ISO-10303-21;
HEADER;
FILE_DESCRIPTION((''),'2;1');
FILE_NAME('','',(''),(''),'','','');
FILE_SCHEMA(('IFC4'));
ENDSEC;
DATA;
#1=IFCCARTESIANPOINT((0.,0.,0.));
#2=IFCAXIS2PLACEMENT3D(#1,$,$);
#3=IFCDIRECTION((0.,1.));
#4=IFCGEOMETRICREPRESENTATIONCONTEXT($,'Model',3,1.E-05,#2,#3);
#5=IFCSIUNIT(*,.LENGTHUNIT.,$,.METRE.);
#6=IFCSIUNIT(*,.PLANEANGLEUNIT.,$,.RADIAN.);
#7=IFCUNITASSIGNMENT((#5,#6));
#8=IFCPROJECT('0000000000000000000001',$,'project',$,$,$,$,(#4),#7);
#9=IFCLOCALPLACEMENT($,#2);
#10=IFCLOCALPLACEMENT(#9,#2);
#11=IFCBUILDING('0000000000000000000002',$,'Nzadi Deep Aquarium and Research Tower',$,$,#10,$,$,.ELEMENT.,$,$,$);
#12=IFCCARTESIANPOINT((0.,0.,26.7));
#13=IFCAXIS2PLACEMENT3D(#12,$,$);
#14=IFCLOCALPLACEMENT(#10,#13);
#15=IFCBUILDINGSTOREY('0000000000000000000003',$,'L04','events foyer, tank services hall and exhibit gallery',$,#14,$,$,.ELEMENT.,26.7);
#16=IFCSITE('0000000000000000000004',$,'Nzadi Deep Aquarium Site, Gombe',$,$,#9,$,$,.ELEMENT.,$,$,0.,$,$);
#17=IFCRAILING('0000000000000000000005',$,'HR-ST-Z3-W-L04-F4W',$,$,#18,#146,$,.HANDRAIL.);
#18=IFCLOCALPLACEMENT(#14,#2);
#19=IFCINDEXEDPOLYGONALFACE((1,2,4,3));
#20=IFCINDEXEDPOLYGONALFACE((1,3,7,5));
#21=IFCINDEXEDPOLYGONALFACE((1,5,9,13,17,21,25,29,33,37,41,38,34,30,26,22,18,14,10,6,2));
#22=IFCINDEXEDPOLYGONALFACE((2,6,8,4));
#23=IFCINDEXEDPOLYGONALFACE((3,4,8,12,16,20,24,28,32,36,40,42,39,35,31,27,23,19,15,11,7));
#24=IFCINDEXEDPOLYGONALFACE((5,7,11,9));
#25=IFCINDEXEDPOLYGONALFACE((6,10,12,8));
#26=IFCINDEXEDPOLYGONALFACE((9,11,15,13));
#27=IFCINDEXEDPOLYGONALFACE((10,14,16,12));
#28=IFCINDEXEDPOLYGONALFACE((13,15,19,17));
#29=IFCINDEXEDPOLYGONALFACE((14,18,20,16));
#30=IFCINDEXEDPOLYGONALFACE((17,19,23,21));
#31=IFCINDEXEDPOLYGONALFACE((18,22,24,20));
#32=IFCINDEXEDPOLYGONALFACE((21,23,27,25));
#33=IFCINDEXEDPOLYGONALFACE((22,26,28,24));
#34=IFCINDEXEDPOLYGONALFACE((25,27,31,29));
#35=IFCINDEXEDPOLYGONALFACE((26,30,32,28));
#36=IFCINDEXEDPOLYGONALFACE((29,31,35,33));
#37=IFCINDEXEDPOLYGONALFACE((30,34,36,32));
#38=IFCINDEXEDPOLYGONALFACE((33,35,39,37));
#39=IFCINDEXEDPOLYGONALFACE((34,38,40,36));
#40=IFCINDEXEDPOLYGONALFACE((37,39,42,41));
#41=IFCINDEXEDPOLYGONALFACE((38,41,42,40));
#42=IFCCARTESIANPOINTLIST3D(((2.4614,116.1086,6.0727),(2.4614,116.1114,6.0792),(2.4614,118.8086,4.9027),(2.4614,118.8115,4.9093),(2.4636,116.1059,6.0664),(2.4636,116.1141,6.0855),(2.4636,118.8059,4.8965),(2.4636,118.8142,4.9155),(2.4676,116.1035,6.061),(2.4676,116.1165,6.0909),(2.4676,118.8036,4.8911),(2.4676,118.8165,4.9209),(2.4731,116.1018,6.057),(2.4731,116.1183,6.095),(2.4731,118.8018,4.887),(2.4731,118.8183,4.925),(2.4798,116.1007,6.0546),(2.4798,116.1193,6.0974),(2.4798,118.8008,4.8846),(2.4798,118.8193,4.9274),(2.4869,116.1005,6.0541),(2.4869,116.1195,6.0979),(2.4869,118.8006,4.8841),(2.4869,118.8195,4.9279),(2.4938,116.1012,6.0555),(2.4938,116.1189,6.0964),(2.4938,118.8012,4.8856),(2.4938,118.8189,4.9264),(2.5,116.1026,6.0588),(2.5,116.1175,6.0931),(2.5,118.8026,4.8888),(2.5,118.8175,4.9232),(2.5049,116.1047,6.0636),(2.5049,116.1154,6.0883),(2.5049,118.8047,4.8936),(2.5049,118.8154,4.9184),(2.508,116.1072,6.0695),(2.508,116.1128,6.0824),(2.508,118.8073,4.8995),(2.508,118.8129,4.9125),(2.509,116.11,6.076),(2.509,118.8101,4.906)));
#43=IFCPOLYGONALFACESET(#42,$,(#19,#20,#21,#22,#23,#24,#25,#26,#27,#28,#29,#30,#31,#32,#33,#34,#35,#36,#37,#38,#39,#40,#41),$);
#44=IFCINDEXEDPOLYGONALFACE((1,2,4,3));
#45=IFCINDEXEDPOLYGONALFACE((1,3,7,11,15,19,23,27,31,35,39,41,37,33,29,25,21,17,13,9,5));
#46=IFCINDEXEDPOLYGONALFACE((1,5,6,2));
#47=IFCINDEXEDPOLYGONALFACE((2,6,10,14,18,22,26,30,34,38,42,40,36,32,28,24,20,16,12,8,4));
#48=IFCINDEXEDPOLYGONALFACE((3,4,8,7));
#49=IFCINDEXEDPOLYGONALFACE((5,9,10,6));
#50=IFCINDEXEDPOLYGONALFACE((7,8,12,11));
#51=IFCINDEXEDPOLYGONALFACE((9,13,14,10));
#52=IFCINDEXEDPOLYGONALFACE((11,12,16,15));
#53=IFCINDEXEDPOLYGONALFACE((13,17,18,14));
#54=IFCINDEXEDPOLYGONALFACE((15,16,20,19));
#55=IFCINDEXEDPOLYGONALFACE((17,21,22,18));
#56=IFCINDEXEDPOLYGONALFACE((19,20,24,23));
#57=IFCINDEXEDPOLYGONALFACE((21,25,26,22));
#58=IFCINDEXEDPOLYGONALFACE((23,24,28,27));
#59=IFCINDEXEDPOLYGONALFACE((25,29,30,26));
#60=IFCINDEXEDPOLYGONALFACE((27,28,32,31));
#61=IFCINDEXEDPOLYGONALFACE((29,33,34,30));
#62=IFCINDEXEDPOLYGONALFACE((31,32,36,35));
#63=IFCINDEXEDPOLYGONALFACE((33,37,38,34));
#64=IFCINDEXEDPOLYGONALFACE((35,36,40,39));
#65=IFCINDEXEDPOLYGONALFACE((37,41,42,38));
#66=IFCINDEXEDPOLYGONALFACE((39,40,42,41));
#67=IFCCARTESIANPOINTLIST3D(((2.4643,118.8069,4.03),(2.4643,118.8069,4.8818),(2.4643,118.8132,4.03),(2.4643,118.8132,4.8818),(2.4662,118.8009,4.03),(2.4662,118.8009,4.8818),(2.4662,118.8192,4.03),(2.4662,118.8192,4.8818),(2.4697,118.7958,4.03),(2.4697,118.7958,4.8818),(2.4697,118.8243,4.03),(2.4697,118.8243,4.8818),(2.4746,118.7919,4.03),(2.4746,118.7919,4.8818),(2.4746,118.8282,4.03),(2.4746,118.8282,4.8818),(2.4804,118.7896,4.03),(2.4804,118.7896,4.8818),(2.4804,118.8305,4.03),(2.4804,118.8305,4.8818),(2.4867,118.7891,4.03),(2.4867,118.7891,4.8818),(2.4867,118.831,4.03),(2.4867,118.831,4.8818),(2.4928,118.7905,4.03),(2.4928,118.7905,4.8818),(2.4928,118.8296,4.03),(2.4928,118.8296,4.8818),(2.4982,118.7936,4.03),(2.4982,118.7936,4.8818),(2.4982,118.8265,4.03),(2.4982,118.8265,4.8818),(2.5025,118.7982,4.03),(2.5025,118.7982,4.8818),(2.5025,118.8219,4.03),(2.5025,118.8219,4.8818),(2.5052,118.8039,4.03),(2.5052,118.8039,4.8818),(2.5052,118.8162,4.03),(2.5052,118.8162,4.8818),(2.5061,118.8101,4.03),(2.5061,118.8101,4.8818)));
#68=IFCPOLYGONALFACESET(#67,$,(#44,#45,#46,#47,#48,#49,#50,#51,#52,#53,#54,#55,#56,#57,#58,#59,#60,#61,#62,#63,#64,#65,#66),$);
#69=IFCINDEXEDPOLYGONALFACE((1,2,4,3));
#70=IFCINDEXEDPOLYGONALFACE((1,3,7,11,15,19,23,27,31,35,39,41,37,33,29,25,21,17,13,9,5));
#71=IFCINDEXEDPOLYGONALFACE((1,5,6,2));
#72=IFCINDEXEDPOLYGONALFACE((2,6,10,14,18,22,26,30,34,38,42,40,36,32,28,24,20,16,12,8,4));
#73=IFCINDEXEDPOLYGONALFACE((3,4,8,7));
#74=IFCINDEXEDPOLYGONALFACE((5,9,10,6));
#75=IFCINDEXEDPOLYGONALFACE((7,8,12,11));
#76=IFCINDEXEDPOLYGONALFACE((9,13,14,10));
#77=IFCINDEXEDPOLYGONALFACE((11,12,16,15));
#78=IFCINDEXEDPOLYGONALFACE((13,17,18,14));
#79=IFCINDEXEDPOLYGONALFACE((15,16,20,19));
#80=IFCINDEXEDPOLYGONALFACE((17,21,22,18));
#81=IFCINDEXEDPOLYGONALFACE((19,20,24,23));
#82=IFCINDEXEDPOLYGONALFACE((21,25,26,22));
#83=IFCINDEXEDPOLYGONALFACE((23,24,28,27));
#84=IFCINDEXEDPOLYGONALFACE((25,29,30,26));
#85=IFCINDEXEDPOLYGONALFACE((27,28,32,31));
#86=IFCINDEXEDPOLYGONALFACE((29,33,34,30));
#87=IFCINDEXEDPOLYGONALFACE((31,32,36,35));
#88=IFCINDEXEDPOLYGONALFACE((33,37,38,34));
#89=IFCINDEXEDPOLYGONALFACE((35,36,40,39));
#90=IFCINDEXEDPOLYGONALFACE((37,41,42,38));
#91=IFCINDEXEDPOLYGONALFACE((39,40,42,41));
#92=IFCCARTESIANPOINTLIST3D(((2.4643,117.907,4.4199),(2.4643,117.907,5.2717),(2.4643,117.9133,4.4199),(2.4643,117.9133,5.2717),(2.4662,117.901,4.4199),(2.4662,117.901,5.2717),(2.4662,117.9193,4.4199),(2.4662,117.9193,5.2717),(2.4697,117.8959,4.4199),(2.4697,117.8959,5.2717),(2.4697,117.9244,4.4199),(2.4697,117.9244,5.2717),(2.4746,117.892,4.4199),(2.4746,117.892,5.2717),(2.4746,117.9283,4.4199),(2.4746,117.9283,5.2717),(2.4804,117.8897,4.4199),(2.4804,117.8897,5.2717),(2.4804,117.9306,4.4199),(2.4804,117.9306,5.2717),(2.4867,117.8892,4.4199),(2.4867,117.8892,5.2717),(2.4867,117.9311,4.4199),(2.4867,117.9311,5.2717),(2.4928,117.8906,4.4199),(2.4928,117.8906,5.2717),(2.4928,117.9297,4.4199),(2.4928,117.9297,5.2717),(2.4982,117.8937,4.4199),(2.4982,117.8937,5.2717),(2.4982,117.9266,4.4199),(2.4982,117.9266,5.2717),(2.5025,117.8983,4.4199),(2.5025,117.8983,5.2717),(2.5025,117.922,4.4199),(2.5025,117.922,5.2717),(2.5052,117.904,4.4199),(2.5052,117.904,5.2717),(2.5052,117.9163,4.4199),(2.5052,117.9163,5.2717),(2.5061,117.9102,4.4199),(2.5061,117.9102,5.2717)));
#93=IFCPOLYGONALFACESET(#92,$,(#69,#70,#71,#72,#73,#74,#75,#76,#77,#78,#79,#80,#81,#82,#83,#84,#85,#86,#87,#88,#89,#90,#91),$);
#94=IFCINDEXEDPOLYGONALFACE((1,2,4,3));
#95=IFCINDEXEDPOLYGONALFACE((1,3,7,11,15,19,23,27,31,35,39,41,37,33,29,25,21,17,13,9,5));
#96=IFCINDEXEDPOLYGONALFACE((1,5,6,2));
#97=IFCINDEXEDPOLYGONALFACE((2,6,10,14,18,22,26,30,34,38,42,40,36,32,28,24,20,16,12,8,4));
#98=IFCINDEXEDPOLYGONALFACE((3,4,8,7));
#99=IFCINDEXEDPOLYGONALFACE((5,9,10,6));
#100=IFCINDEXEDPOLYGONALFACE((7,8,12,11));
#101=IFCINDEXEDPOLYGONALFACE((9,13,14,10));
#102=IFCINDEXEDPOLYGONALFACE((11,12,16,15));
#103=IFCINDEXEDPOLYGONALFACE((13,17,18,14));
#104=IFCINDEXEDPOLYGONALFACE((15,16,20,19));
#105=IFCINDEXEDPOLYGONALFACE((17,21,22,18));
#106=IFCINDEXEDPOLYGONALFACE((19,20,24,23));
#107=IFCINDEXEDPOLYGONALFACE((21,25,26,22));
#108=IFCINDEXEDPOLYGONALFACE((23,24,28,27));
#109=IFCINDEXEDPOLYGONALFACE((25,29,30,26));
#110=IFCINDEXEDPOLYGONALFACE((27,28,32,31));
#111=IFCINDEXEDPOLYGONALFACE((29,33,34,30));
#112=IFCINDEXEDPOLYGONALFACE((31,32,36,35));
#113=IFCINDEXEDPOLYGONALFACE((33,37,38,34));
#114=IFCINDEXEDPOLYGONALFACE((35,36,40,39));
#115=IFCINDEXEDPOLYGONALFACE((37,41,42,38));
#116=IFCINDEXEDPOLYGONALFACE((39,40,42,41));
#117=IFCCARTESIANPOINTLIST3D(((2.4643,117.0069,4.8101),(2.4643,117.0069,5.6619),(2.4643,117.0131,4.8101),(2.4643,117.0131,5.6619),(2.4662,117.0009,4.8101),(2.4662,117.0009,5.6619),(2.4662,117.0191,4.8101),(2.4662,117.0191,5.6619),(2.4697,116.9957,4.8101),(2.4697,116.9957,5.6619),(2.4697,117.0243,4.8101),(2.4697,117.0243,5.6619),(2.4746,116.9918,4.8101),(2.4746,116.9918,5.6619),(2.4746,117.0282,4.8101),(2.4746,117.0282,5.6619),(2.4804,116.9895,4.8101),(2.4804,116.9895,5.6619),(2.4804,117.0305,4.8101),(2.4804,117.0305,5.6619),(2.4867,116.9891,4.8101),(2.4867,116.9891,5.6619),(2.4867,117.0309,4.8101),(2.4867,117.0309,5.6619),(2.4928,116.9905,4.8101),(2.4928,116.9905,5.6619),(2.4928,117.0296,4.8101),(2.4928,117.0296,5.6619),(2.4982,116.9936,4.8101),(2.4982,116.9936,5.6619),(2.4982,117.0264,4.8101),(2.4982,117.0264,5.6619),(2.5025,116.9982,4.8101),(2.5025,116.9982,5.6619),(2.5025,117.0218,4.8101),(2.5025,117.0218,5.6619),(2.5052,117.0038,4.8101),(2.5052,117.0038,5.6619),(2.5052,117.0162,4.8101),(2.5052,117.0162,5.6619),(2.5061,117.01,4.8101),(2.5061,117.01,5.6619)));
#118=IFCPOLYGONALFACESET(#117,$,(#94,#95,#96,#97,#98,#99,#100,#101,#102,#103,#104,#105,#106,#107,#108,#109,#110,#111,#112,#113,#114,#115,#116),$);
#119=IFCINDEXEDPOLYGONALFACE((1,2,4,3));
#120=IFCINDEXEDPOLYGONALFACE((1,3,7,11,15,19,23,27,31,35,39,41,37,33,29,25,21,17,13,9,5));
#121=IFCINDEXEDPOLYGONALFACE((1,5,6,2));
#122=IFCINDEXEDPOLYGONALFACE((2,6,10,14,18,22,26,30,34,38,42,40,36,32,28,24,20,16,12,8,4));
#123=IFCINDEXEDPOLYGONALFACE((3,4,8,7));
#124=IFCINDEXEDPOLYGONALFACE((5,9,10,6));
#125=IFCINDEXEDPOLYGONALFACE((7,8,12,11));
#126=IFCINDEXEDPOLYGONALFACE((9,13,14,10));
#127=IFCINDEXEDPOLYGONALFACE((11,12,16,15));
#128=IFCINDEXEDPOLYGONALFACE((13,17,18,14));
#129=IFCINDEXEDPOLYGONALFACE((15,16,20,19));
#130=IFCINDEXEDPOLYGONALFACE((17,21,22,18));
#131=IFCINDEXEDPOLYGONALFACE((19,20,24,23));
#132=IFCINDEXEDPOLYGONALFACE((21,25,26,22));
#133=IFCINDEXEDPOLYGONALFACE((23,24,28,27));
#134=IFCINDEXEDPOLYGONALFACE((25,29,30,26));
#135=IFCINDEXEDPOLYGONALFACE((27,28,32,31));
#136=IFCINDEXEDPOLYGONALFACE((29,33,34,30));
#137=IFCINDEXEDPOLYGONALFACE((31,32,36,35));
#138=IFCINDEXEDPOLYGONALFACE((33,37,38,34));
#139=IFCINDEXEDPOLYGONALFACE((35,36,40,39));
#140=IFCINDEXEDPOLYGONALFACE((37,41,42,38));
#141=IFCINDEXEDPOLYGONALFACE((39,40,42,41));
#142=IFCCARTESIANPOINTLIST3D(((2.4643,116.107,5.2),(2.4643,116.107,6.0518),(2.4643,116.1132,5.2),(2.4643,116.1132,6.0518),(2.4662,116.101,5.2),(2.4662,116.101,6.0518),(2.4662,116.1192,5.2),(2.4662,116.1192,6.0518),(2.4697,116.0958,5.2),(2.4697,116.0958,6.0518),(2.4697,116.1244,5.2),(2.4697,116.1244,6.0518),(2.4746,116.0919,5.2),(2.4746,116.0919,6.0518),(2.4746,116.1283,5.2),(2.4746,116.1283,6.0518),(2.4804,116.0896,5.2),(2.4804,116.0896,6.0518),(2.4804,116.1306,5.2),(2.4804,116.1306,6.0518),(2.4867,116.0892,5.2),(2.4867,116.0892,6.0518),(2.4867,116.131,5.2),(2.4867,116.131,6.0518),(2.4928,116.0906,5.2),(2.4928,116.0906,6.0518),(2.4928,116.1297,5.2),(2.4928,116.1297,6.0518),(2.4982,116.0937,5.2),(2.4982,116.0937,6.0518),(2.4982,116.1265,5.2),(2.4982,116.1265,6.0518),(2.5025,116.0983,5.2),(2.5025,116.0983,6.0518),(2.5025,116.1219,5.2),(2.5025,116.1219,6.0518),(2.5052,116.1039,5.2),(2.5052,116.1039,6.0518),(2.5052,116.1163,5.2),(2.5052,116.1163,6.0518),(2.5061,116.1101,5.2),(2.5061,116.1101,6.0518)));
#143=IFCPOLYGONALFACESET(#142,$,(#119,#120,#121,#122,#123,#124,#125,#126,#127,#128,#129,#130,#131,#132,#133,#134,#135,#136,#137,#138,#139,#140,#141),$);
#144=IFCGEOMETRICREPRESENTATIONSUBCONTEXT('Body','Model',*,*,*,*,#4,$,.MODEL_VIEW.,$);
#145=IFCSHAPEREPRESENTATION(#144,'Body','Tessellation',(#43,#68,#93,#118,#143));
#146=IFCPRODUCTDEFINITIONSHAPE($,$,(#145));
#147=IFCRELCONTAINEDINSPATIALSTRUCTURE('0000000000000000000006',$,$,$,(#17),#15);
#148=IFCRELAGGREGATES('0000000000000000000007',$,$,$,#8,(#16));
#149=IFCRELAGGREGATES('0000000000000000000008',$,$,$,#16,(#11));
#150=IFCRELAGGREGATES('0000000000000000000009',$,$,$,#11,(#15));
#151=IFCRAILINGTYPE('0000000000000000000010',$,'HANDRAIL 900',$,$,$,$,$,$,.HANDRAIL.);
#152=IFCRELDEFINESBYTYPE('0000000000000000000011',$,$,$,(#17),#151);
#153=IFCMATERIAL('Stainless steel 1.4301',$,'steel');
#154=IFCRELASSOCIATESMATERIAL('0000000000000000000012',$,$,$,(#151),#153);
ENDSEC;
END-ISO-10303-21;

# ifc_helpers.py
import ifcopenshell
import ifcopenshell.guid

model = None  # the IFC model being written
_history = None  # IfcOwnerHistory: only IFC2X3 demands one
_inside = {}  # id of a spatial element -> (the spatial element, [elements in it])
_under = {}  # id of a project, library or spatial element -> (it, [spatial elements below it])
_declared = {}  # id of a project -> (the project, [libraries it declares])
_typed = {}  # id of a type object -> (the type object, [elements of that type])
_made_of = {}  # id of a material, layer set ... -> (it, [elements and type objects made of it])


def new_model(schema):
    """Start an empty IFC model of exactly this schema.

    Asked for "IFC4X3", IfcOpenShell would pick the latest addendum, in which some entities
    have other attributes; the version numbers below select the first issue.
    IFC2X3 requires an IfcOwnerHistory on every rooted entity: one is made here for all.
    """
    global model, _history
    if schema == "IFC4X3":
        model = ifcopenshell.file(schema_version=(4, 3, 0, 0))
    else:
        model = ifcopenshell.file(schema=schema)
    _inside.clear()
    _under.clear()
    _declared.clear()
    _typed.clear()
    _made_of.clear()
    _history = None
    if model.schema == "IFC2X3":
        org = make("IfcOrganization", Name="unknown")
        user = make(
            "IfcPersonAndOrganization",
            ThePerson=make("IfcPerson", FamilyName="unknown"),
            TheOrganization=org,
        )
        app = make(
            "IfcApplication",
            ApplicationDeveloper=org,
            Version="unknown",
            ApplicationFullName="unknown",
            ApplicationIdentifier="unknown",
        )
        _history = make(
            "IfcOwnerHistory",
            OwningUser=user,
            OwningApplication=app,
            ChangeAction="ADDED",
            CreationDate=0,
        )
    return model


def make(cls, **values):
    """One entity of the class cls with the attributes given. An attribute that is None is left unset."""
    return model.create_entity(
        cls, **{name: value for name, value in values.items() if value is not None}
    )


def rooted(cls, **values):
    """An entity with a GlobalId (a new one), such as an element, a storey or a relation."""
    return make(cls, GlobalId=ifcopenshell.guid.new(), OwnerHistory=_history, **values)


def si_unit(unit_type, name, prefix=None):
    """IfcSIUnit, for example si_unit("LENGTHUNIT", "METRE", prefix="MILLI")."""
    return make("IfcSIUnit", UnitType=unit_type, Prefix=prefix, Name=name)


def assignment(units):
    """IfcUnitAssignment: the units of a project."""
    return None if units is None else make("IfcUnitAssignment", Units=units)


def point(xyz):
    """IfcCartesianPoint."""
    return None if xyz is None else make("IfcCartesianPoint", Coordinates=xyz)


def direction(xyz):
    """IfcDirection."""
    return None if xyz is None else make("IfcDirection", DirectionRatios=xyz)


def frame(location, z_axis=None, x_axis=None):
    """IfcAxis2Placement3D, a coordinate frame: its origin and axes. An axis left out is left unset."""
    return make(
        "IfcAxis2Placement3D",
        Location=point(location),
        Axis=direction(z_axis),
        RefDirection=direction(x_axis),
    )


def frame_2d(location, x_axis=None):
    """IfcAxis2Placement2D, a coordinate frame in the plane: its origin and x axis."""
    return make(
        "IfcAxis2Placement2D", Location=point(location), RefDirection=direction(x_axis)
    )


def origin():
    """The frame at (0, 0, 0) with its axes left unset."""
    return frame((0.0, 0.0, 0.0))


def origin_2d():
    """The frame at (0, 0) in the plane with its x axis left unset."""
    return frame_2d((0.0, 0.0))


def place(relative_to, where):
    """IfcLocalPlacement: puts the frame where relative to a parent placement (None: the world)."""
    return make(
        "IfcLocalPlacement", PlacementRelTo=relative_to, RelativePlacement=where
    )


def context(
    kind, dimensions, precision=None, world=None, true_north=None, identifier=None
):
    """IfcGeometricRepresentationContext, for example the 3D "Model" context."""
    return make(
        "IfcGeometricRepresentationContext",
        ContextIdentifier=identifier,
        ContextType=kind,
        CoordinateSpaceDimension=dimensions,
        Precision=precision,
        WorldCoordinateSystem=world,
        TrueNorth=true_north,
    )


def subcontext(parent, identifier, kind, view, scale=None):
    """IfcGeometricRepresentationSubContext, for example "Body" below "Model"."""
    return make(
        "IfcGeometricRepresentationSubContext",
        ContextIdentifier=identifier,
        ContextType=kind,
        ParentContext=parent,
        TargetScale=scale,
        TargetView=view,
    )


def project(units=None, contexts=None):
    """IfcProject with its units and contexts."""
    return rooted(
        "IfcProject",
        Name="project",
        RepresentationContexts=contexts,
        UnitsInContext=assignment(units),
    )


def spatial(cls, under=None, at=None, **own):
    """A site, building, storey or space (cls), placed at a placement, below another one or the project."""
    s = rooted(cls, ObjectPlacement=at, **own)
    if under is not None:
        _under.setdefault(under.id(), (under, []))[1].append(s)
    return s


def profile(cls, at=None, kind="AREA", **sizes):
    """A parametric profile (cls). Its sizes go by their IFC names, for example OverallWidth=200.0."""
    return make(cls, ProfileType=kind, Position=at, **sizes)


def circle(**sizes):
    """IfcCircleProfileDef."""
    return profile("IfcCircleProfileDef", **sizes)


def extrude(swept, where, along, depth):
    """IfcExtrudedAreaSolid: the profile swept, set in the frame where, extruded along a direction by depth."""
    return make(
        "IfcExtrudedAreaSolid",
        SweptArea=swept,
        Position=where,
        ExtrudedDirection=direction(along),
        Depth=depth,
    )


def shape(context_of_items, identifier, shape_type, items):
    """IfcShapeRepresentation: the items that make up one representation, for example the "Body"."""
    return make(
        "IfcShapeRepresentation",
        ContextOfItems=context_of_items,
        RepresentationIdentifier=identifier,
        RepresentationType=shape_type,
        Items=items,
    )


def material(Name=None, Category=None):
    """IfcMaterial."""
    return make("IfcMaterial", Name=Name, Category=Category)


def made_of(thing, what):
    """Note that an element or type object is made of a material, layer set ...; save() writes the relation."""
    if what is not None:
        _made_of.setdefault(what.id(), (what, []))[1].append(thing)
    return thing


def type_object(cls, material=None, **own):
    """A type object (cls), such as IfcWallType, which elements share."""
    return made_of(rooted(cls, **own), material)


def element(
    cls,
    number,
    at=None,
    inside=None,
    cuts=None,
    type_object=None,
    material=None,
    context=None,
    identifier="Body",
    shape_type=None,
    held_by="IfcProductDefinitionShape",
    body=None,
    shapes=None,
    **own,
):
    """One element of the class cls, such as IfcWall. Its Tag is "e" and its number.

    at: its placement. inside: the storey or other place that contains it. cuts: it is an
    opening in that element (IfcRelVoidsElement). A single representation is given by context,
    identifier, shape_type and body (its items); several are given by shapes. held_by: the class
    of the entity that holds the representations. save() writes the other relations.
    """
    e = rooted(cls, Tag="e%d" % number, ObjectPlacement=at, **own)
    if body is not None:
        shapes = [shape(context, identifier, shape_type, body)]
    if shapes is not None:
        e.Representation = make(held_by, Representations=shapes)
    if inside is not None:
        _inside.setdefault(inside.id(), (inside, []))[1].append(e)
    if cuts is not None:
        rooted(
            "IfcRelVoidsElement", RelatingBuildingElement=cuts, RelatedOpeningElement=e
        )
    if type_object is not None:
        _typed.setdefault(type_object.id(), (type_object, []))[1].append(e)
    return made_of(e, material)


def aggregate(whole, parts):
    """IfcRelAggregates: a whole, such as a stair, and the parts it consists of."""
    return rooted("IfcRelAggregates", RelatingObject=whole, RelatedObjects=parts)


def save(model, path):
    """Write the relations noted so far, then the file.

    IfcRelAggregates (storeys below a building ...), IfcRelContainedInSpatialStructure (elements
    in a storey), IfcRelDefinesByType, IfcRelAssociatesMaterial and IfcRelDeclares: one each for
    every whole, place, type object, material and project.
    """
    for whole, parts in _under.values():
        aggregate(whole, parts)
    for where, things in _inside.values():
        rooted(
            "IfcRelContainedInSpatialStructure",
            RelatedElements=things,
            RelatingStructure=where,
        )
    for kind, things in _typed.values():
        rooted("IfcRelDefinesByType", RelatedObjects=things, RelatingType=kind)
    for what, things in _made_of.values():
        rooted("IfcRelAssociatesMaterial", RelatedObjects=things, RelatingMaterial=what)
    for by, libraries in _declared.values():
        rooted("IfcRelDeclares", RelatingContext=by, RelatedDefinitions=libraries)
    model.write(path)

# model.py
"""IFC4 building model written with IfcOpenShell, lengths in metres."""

from ifc_helpers import new_model, si_unit, direction, frame, origin, origin_2d, place, context, subcontext, project, spatial, circle, extrude, material, type_object, element, save


model = new_model("IFC4")

# Units and contexts
model_context = context("Model", 3, precision=1e-05, world=origin(), true_north=direction((0.0, 1.0)))
body_context = subcontext(model_context, "Body", "Model", "MODEL_VIEW")
ifc_project = project(units=[si_unit("LENGTHUNIT", "METRE"), si_unit("PLANEANGLEUNIT", "RADIAN")], contexts=[model_context])

# Site, building, storey
site_placement = place(None, origin())
site = spatial("IfcSite", under=ifc_project, at=site_placement, Name="Nzadi Deep Aquarium Site, Gombe", CompositionType="ELEMENT", RefElevation=0.0)
building_placement = place(site_placement, origin())
building = spatial("IfcBuilding", under=site, at=building_placement, Name="Nzadi Deep Aquarium and Research Tower", CompositionType="ELEMENT")
storey_placement = place(building_placement, frame((0.0, 0.0, 26.7)))
storey = spatial("IfcBuildingStorey", under=building, at=storey_placement, Name="L04", Description="events foyer, tank services hall and exhibit gallery", CompositionType="ELEMENT", Elevation=26.7)

# Railing
ifc_material_1 = material(Name="Stainless steel 1.4301", Category="steel")
railing_type = type_object("IfcRailingType", Name="HANDRAIL 900", PredefinedType="HANDRAIL", material=ifc_material_1)
for number, where, name in (
    (1, (2.4851, 118.8101, 4.03), "HR-ST-Z3-W-L04-F4W"),
):
    element("IfcRailing", number, at=place(storey_placement, frame(where)), inside=storey, type_object=railing_type, Name=name, PredefinedType="HANDRAIL", context=body_context, shape_type="SweptSolid", body=[
        extrude(circle(Radius=0.0239, at=origin_2d()), frame((0.0, 0.0, 0.876), z_axis=(0.0, -0.917563, 0.397591), x_axis=(1.0, 0.0, 0.0)), (0.0, 0.0, 1.0), 2.9426),
        extrude(circle(Radius=0.021, at=origin_2d()), origin(), (0.0, 0.0, 1.0), 0.8518),
        extrude(circle(Radius=0.021, at=origin_2d()), frame((0.0, -0.8999, 0.3899)), (0.0, 0.0, 1.0), 0.8518),
        extrude(circle(Radius=0.021, at=origin_2d()), frame((0.0, -1.8, 0.78)), (0.0, 0.0, 1.0), 0.8518),
        extrude(circle(Radius=0.021, at=origin_2d()), frame((0.0, -2.7, 1.1699)), (0.0, 0.0, 1.0), 0.8518),
    ])

save(model, "model.ifc")
